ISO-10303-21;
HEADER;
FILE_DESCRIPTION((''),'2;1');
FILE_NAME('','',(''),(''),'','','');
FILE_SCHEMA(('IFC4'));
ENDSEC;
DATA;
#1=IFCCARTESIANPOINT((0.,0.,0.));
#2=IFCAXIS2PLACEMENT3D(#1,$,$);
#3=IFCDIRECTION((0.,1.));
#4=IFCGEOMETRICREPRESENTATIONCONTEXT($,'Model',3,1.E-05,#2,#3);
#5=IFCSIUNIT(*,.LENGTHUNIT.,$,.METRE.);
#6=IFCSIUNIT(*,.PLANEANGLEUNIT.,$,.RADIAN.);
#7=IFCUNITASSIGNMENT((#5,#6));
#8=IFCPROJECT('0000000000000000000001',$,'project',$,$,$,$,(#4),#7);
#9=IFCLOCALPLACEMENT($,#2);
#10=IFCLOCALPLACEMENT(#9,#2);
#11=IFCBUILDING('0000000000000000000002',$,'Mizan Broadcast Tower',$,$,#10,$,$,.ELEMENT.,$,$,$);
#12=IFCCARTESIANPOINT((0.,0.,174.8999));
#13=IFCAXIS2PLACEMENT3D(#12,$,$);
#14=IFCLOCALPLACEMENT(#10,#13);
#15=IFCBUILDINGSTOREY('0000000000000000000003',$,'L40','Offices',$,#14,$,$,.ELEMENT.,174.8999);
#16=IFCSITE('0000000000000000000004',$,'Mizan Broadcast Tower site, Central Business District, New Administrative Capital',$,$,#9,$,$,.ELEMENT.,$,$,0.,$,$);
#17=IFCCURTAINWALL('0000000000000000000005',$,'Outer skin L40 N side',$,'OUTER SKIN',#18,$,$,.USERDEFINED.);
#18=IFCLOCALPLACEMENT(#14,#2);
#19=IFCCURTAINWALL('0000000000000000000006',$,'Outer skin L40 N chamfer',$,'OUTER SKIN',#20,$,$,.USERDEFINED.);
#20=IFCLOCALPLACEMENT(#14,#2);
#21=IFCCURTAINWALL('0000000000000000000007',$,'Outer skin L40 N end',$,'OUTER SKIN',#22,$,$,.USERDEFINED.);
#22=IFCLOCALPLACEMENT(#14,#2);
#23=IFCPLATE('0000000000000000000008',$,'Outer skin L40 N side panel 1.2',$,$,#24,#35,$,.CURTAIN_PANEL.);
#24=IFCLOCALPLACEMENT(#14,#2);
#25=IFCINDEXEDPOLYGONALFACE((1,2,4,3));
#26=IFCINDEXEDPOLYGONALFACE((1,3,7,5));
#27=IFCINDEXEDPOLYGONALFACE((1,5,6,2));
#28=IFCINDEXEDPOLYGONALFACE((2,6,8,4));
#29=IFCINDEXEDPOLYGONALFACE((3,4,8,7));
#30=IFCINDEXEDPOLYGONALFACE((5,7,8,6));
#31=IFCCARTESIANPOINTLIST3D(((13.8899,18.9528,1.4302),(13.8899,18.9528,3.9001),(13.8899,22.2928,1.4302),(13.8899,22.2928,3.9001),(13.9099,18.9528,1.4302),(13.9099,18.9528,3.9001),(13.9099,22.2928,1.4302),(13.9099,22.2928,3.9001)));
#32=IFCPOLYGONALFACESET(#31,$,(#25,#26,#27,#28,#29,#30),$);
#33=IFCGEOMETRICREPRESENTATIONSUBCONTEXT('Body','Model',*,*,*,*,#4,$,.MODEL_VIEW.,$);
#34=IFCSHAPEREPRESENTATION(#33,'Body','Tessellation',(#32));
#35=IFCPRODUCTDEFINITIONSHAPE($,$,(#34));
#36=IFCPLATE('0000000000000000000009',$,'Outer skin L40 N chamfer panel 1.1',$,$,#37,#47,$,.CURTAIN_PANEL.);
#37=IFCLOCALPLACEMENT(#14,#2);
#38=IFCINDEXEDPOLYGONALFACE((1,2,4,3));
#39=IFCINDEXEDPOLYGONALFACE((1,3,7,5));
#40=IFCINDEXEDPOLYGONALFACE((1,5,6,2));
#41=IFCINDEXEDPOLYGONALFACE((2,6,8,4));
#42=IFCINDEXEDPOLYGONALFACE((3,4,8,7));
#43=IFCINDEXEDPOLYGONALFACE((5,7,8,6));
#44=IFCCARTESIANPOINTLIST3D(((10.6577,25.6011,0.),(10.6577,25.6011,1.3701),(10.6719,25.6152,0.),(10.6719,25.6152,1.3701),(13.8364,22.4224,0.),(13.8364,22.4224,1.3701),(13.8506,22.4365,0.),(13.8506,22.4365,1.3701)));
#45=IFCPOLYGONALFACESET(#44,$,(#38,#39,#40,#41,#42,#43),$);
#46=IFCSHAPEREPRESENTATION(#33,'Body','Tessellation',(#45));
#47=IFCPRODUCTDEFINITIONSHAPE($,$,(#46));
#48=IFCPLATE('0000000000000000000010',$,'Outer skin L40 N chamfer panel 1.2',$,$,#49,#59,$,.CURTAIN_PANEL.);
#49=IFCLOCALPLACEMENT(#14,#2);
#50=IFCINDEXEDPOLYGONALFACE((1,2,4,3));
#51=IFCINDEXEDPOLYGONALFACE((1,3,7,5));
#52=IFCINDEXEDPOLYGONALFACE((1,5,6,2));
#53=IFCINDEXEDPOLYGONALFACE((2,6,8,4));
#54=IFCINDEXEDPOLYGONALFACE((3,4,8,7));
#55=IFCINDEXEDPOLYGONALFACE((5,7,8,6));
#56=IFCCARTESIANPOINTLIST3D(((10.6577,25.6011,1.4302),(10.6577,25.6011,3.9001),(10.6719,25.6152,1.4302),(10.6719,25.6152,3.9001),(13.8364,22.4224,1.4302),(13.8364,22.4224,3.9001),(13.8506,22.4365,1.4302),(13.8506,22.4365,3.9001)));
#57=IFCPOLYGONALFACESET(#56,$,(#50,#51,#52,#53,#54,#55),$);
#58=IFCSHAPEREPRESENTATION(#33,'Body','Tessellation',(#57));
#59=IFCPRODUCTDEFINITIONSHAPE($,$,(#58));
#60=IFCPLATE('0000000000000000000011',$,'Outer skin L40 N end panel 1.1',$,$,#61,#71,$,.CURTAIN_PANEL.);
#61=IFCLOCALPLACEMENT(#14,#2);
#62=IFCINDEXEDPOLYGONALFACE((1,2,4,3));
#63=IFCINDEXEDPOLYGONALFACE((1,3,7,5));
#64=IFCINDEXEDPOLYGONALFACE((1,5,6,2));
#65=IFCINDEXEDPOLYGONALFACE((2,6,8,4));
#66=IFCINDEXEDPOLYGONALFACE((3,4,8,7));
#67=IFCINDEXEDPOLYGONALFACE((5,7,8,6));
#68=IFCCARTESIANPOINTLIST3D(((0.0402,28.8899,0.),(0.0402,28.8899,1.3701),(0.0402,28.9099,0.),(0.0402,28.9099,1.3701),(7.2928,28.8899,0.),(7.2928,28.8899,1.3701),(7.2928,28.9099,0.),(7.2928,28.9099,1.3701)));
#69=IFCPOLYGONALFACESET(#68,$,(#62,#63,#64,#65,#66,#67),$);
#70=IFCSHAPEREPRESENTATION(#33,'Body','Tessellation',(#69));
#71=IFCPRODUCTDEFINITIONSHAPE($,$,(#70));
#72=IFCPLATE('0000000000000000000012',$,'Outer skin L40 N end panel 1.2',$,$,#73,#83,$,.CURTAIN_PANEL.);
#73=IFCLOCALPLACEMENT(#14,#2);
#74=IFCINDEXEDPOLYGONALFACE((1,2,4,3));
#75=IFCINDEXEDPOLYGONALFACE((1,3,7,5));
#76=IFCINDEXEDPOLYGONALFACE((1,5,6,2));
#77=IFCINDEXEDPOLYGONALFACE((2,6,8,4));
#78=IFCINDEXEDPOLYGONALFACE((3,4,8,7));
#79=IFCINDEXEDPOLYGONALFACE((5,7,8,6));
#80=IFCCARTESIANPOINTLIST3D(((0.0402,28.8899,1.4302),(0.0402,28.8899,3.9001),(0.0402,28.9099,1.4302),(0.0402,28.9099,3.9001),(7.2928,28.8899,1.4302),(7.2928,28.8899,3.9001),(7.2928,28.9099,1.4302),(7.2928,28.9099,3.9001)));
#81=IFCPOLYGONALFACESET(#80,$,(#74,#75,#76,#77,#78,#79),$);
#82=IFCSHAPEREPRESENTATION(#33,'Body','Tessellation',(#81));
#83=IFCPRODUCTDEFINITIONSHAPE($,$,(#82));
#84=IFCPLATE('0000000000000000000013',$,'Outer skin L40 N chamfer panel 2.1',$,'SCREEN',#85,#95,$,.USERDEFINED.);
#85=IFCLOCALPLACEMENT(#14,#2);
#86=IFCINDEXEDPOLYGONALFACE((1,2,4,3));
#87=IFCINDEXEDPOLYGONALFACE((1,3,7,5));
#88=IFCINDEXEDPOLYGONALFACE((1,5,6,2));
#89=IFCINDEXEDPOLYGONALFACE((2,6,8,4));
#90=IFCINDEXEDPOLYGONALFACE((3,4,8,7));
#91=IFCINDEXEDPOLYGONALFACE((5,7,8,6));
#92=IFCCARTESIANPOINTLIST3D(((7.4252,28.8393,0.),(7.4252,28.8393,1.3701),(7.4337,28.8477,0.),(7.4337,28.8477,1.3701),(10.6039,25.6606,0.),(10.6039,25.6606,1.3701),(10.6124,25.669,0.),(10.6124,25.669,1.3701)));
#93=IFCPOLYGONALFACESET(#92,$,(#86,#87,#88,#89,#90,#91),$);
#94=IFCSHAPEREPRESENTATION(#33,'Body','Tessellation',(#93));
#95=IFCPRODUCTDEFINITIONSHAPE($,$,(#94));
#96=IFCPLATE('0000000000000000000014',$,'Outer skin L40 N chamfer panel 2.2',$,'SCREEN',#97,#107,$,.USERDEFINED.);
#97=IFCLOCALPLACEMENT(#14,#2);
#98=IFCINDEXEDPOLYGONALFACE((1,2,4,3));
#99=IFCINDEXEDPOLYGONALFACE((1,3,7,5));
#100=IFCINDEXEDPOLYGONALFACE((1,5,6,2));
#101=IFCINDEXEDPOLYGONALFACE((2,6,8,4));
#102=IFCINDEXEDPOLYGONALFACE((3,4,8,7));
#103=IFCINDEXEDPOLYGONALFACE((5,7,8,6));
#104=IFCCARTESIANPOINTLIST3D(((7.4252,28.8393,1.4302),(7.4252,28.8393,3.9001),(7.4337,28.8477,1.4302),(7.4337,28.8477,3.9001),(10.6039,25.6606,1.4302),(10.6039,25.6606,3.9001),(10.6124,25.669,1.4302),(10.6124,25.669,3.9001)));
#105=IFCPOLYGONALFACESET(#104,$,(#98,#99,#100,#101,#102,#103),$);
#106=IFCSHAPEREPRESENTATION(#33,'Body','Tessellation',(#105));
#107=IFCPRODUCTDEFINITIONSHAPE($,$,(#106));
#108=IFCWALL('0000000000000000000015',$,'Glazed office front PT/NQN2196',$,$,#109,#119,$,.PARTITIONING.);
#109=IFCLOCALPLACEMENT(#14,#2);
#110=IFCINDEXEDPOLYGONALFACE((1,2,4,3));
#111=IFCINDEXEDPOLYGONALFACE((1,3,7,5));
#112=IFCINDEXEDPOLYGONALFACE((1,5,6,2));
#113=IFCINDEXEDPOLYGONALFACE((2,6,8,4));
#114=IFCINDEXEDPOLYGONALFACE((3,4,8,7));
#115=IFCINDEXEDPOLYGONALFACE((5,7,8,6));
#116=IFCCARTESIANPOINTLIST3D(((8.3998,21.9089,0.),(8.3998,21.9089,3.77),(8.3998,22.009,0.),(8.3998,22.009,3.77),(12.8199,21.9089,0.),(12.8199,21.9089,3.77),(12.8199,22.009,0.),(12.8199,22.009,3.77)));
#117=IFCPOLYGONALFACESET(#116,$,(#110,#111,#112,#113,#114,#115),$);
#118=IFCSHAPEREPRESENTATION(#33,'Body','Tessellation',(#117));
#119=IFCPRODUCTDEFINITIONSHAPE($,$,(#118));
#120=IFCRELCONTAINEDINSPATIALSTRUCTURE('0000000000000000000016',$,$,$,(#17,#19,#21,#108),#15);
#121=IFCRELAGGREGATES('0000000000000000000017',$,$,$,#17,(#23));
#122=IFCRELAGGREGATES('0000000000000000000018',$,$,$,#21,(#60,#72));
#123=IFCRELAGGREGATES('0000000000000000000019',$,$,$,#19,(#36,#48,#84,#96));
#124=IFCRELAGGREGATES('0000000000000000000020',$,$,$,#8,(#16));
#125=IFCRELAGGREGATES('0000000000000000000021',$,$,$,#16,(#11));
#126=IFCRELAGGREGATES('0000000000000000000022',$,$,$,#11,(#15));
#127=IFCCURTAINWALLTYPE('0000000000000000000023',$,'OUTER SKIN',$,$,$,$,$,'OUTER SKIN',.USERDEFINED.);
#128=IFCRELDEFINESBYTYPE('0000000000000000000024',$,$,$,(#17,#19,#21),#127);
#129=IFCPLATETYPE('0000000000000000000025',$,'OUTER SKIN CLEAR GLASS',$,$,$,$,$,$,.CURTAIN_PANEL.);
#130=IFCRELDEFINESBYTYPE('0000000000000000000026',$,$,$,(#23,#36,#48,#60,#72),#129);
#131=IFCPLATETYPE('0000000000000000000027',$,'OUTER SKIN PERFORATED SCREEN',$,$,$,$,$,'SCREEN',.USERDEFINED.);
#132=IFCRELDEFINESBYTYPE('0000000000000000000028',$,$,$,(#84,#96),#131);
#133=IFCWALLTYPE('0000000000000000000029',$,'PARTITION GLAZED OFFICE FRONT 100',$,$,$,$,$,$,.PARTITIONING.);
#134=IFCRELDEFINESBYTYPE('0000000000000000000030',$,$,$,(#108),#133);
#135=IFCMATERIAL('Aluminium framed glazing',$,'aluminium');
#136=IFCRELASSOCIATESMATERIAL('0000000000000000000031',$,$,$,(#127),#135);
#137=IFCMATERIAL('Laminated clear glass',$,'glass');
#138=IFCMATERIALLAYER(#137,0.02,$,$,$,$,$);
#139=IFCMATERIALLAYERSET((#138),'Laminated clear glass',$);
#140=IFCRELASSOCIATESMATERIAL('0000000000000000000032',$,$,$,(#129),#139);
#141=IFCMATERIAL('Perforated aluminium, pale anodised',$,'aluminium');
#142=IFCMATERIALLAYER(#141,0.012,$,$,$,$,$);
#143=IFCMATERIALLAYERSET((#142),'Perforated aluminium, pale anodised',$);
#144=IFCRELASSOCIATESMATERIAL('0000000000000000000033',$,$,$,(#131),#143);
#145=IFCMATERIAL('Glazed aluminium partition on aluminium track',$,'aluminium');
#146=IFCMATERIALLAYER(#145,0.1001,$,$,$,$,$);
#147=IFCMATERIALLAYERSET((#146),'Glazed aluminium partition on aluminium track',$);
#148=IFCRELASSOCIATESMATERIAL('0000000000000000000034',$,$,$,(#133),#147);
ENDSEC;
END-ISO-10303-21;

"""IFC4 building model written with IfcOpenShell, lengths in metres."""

from ifc_helpers import new_model, si_unit, direction, frame, frame_2d, origin, origin_2d, place, context, subcontext, project, spatial, rectangle, extrude, material, layer, layer_set, type_object, element, aggregate, save


model = new_model("IFC4")

# Units and contexts
model_context = context("Model", 3, precision=1e-05, world=origin(), true_north=direction((0.0, 1.0)))
body_context = subcontext(model_context, "Body", "Model", "MODEL_VIEW")
ifc_project = project(units=[si_unit("LENGTHUNIT", "METRE"), si_unit("PLANEANGLEUNIT", "RADIAN")], contexts=[model_context])

# Site, building, storey
site_placement = place(None, origin())
site = spatial("IfcSite", under=ifc_project, at=site_placement, Name="Mizan Broadcast Tower site, Central Business District, New Administrative Capital", CompositionType="ELEMENT", RefElevation=0.0)
building_placement = place(site_placement, origin())
building = spatial("IfcBuilding", under=site, at=building_placement, Name="Mizan Broadcast Tower", CompositionType="ELEMENT")
storey_placement = place(building_placement, frame((0.0, 0.0, 174.8999)))
storey = spatial("IfcBuildingStorey", under=building, at=storey_placement, Name="L40", Description="Offices", CompositionType="ELEMENT", Elevation=174.8999)

# Curtain wall
ifc_material_1 = material(Name="Aluminium framed glazing", Category="aluminium")
curtain_wall_type_1 = type_object("IfcCurtainWallType", Name="OUTER SKIN", ElementType="OUTER SKIN", PredefinedType="USERDEFINED", material=ifc_material_1)
curtain_wall_1_placement = place(storey_placement, origin())
curtain_wall_1 = element("IfcCurtainWall", 1, at=curtain_wall_1_placement, inside=storey, type_object=curtain_wall_type_1, Name="Outer skin L40 N side", ObjectType="OUTER SKIN", PredefinedType="USERDEFINED")

# Curtain wall
curtain_wall_2_placement = place(storey_placement, origin())
curtain_wall_2 = element("IfcCurtainWall", 2, at=curtain_wall_2_placement, inside=storey, type_object=curtain_wall_type_1, Name="Outer skin L40 N chamfer", ObjectType="OUTER SKIN", PredefinedType="USERDEFINED")

# Curtain wall
curtain_wall_3_placement = place(storey_placement, origin())
curtain_wall_3 = element("IfcCurtainWall", 3, at=curtain_wall_3_placement, inside=storey, type_object=curtain_wall_type_1, Name="Outer skin L40 N end", ObjectType="OUTER SKIN", PredefinedType="USERDEFINED")

# Plates
ifc_material_2 = material(Name="Laminated clear glass", Category="glass")
ifc_layer_1 = layer(ifc_material_2, 0.02)
ifc_layer_set_1 = layer_set([ifc_layer_1], Name="Laminated clear glass")
plate_type_1 = type_object("IfcPlateType", Name="OUTER SKIN CLEAR GLASS", PredefinedType="CURTAIN_PANEL", material=ifc_layer_set_1)
plate_1_placement = place(storey_placement, frame((13.8999, 20.6228, 1.4302), z_axis=(0.0, 0.0, 1.0), x_axis=(0.0, 1.0, 0.0)))
plate_1 = element("IfcPlate", 4, at=plate_1_placement, type_object=plate_type_1, Name="Outer skin L40 N side panel 1.2", PredefinedType="CURTAIN_PANEL", context=body_context, shape_type="SweptSolid", body=[
    extrude(rectangle(XDim=3.3401, YDim=0.02, at=origin_2d()), origin(), (0.0, 0.0, 1.0), 2.47),
])
aggregate(curtain_wall_1, [plate_1])
plate_2_placement = place(storey_placement, frame((12.2542, 24.0188, 0.0), z_axis=(0.0, 0.0, 1.0), x_axis=(-0.707107, 0.707107, 0.0)))
plate_2 = element("IfcPlate", 5, at=plate_2_placement, type_object=plate_type_1, Name="Outer skin L40 N chamfer panel 1.1", PredefinedType="CURTAIN_PANEL", context=body_context, shape_type="SweptSolid", body=[
    extrude(rectangle(XDim=4.4954, YDim=0.02, at=origin_2d()), origin(), (0.0, 0.0, 1.0), 1.3701),
])
plate_3_placement = place(storey_placement, frame((12.2542, 24.0188, 1.4302), z_axis=(0.0, 0.0, 1.0), x_axis=(-0.707107, 0.707107, 0.0)))
plate_3 = element("IfcPlate", 6, at=plate_3_placement, type_object=plate_type_1, Name="Outer skin L40 N chamfer panel 1.2", PredefinedType="CURTAIN_PANEL", context=body_context, shape_type="SweptSolid", body=[
    extrude(rectangle(XDim=4.4954, YDim=0.02, at=origin_2d()), origin(), (0.0, 0.0, 1.0), 2.47),
])
plate_4_placement = place(storey_placement, frame((3.6665, 28.8999, 0.0), z_axis=(0.0, 0.0, 1.0), x_axis=(-1.0, 0.0, 0.0)))
plate_4 = element("IfcPlate", 7, at=plate_4_placement, type_object=plate_type_1, Name="Outer skin L40 N end panel 1.1", PredefinedType="CURTAIN_PANEL", context=body_context, shape_type="SweptSolid", body=[
    extrude(rectangle(XDim=7.2527, YDim=0.02, at=origin_2d()), origin(), (0.0, 0.0, 1.0), 1.3701),
])
plate_5_placement = place(storey_placement, frame((3.6665, 28.8999, 1.4302), z_axis=(0.0, 0.0, 1.0), x_axis=(-1.0, 0.0, 0.0)))
plate_5 = element("IfcPlate", 8, at=plate_5_placement, type_object=plate_type_1, Name="Outer skin L40 N end panel 1.2", PredefinedType="CURTAIN_PANEL", context=body_context, shape_type="SweptSolid", body=[
    extrude(rectangle(XDim=7.2527, YDim=0.02, at=origin_2d()), origin(), (0.0, 0.0, 1.0), 2.47),
])
aggregate(curtain_wall_3, [plate_4, plate_5])
ifc_material_3 = material(Name="Perforated aluminium, pale anodised", Category="aluminium")
ifc_layer_2 = layer(ifc_material_3, 0.012)
ifc_layer_set_2 = layer_set([ifc_layer_2], Name="Perforated aluminium, pale anodised")
plate_type_2 = type_object("IfcPlateType", Name="OUTER SKIN PERFORATED SCREEN", ElementType="SCREEN", PredefinedType="USERDEFINED", material=ifc_layer_set_2)
plate_6_placement = place(storey_placement, frame((9.0188, 27.2542, 0.0), z_axis=(0.0, 0.0, 1.0), x_axis=(-0.707107, 0.707107, 0.0)))
plate_6 = element("IfcPlate", 9, at=plate_6_placement, type_object=plate_type_2, Name="Outer skin L40 N chamfer panel 2.1", ObjectType="SCREEN", PredefinedType="USERDEFINED", context=body_context, shape_type="SweptSolid", body=[
    extrude(rectangle(XDim=4.4954, YDim=0.012, at=origin_2d()), origin(), (0.0, 0.0, 1.0), 1.3701),
])
plate_7_placement = place(storey_placement, frame((9.0188, 27.2542, 1.4302), z_axis=(0.0, 0.0, 1.0), x_axis=(-0.707107, 0.707107, 0.0)))
plate_7 = element("IfcPlate", 10, at=plate_7_placement, type_object=plate_type_2, Name="Outer skin L40 N chamfer panel 2.2", ObjectType="SCREEN", PredefinedType="USERDEFINED", context=body_context, shape_type="SweptSolid", body=[
    extrude(rectangle(XDim=4.4954, YDim=0.012, at=origin_2d()), origin(), (0.0, 0.0, 1.0), 2.47),
])
aggregate(curtain_wall_2, [plate_2, plate_3, plate_6, plate_7])

# Wall
ifc_material_4 = material(Name="Glazed aluminium partition on aluminium track", Category="aluminium")
ifc_layer_3 = layer(ifc_material_4, 0.1001)
ifc_layer_set_3 = layer_set([ifc_layer_3], Name="Glazed aluminium partition on aluminium track")
wall_type = type_object("IfcWallType", Name="PARTITION GLAZED OFFICE FRONT 100", PredefinedType="PARTITIONING", material=ifc_layer_set_3)
wall_placement = place(storey_placement, frame((8.3999, 21.959, 0.0), z_axis=(0.0, 0.0, 1.0), x_axis=(1.0, 0.0, 0.0)))
element("IfcWall", 11, at=wall_placement, inside=storey, type_object=wall_type, Name="Glazed office front PT/NQN2196", PredefinedType="PARTITIONING", context=body_context, shape_type="SweptSolid", body=[
    extrude(rectangle(XDim=4.4202, YDim=0.1001, at=frame_2d((2.21, 0.0))), origin(), (0.0, 0.0, 1.0), 3.77),
])

save(model, "model.ifc")
